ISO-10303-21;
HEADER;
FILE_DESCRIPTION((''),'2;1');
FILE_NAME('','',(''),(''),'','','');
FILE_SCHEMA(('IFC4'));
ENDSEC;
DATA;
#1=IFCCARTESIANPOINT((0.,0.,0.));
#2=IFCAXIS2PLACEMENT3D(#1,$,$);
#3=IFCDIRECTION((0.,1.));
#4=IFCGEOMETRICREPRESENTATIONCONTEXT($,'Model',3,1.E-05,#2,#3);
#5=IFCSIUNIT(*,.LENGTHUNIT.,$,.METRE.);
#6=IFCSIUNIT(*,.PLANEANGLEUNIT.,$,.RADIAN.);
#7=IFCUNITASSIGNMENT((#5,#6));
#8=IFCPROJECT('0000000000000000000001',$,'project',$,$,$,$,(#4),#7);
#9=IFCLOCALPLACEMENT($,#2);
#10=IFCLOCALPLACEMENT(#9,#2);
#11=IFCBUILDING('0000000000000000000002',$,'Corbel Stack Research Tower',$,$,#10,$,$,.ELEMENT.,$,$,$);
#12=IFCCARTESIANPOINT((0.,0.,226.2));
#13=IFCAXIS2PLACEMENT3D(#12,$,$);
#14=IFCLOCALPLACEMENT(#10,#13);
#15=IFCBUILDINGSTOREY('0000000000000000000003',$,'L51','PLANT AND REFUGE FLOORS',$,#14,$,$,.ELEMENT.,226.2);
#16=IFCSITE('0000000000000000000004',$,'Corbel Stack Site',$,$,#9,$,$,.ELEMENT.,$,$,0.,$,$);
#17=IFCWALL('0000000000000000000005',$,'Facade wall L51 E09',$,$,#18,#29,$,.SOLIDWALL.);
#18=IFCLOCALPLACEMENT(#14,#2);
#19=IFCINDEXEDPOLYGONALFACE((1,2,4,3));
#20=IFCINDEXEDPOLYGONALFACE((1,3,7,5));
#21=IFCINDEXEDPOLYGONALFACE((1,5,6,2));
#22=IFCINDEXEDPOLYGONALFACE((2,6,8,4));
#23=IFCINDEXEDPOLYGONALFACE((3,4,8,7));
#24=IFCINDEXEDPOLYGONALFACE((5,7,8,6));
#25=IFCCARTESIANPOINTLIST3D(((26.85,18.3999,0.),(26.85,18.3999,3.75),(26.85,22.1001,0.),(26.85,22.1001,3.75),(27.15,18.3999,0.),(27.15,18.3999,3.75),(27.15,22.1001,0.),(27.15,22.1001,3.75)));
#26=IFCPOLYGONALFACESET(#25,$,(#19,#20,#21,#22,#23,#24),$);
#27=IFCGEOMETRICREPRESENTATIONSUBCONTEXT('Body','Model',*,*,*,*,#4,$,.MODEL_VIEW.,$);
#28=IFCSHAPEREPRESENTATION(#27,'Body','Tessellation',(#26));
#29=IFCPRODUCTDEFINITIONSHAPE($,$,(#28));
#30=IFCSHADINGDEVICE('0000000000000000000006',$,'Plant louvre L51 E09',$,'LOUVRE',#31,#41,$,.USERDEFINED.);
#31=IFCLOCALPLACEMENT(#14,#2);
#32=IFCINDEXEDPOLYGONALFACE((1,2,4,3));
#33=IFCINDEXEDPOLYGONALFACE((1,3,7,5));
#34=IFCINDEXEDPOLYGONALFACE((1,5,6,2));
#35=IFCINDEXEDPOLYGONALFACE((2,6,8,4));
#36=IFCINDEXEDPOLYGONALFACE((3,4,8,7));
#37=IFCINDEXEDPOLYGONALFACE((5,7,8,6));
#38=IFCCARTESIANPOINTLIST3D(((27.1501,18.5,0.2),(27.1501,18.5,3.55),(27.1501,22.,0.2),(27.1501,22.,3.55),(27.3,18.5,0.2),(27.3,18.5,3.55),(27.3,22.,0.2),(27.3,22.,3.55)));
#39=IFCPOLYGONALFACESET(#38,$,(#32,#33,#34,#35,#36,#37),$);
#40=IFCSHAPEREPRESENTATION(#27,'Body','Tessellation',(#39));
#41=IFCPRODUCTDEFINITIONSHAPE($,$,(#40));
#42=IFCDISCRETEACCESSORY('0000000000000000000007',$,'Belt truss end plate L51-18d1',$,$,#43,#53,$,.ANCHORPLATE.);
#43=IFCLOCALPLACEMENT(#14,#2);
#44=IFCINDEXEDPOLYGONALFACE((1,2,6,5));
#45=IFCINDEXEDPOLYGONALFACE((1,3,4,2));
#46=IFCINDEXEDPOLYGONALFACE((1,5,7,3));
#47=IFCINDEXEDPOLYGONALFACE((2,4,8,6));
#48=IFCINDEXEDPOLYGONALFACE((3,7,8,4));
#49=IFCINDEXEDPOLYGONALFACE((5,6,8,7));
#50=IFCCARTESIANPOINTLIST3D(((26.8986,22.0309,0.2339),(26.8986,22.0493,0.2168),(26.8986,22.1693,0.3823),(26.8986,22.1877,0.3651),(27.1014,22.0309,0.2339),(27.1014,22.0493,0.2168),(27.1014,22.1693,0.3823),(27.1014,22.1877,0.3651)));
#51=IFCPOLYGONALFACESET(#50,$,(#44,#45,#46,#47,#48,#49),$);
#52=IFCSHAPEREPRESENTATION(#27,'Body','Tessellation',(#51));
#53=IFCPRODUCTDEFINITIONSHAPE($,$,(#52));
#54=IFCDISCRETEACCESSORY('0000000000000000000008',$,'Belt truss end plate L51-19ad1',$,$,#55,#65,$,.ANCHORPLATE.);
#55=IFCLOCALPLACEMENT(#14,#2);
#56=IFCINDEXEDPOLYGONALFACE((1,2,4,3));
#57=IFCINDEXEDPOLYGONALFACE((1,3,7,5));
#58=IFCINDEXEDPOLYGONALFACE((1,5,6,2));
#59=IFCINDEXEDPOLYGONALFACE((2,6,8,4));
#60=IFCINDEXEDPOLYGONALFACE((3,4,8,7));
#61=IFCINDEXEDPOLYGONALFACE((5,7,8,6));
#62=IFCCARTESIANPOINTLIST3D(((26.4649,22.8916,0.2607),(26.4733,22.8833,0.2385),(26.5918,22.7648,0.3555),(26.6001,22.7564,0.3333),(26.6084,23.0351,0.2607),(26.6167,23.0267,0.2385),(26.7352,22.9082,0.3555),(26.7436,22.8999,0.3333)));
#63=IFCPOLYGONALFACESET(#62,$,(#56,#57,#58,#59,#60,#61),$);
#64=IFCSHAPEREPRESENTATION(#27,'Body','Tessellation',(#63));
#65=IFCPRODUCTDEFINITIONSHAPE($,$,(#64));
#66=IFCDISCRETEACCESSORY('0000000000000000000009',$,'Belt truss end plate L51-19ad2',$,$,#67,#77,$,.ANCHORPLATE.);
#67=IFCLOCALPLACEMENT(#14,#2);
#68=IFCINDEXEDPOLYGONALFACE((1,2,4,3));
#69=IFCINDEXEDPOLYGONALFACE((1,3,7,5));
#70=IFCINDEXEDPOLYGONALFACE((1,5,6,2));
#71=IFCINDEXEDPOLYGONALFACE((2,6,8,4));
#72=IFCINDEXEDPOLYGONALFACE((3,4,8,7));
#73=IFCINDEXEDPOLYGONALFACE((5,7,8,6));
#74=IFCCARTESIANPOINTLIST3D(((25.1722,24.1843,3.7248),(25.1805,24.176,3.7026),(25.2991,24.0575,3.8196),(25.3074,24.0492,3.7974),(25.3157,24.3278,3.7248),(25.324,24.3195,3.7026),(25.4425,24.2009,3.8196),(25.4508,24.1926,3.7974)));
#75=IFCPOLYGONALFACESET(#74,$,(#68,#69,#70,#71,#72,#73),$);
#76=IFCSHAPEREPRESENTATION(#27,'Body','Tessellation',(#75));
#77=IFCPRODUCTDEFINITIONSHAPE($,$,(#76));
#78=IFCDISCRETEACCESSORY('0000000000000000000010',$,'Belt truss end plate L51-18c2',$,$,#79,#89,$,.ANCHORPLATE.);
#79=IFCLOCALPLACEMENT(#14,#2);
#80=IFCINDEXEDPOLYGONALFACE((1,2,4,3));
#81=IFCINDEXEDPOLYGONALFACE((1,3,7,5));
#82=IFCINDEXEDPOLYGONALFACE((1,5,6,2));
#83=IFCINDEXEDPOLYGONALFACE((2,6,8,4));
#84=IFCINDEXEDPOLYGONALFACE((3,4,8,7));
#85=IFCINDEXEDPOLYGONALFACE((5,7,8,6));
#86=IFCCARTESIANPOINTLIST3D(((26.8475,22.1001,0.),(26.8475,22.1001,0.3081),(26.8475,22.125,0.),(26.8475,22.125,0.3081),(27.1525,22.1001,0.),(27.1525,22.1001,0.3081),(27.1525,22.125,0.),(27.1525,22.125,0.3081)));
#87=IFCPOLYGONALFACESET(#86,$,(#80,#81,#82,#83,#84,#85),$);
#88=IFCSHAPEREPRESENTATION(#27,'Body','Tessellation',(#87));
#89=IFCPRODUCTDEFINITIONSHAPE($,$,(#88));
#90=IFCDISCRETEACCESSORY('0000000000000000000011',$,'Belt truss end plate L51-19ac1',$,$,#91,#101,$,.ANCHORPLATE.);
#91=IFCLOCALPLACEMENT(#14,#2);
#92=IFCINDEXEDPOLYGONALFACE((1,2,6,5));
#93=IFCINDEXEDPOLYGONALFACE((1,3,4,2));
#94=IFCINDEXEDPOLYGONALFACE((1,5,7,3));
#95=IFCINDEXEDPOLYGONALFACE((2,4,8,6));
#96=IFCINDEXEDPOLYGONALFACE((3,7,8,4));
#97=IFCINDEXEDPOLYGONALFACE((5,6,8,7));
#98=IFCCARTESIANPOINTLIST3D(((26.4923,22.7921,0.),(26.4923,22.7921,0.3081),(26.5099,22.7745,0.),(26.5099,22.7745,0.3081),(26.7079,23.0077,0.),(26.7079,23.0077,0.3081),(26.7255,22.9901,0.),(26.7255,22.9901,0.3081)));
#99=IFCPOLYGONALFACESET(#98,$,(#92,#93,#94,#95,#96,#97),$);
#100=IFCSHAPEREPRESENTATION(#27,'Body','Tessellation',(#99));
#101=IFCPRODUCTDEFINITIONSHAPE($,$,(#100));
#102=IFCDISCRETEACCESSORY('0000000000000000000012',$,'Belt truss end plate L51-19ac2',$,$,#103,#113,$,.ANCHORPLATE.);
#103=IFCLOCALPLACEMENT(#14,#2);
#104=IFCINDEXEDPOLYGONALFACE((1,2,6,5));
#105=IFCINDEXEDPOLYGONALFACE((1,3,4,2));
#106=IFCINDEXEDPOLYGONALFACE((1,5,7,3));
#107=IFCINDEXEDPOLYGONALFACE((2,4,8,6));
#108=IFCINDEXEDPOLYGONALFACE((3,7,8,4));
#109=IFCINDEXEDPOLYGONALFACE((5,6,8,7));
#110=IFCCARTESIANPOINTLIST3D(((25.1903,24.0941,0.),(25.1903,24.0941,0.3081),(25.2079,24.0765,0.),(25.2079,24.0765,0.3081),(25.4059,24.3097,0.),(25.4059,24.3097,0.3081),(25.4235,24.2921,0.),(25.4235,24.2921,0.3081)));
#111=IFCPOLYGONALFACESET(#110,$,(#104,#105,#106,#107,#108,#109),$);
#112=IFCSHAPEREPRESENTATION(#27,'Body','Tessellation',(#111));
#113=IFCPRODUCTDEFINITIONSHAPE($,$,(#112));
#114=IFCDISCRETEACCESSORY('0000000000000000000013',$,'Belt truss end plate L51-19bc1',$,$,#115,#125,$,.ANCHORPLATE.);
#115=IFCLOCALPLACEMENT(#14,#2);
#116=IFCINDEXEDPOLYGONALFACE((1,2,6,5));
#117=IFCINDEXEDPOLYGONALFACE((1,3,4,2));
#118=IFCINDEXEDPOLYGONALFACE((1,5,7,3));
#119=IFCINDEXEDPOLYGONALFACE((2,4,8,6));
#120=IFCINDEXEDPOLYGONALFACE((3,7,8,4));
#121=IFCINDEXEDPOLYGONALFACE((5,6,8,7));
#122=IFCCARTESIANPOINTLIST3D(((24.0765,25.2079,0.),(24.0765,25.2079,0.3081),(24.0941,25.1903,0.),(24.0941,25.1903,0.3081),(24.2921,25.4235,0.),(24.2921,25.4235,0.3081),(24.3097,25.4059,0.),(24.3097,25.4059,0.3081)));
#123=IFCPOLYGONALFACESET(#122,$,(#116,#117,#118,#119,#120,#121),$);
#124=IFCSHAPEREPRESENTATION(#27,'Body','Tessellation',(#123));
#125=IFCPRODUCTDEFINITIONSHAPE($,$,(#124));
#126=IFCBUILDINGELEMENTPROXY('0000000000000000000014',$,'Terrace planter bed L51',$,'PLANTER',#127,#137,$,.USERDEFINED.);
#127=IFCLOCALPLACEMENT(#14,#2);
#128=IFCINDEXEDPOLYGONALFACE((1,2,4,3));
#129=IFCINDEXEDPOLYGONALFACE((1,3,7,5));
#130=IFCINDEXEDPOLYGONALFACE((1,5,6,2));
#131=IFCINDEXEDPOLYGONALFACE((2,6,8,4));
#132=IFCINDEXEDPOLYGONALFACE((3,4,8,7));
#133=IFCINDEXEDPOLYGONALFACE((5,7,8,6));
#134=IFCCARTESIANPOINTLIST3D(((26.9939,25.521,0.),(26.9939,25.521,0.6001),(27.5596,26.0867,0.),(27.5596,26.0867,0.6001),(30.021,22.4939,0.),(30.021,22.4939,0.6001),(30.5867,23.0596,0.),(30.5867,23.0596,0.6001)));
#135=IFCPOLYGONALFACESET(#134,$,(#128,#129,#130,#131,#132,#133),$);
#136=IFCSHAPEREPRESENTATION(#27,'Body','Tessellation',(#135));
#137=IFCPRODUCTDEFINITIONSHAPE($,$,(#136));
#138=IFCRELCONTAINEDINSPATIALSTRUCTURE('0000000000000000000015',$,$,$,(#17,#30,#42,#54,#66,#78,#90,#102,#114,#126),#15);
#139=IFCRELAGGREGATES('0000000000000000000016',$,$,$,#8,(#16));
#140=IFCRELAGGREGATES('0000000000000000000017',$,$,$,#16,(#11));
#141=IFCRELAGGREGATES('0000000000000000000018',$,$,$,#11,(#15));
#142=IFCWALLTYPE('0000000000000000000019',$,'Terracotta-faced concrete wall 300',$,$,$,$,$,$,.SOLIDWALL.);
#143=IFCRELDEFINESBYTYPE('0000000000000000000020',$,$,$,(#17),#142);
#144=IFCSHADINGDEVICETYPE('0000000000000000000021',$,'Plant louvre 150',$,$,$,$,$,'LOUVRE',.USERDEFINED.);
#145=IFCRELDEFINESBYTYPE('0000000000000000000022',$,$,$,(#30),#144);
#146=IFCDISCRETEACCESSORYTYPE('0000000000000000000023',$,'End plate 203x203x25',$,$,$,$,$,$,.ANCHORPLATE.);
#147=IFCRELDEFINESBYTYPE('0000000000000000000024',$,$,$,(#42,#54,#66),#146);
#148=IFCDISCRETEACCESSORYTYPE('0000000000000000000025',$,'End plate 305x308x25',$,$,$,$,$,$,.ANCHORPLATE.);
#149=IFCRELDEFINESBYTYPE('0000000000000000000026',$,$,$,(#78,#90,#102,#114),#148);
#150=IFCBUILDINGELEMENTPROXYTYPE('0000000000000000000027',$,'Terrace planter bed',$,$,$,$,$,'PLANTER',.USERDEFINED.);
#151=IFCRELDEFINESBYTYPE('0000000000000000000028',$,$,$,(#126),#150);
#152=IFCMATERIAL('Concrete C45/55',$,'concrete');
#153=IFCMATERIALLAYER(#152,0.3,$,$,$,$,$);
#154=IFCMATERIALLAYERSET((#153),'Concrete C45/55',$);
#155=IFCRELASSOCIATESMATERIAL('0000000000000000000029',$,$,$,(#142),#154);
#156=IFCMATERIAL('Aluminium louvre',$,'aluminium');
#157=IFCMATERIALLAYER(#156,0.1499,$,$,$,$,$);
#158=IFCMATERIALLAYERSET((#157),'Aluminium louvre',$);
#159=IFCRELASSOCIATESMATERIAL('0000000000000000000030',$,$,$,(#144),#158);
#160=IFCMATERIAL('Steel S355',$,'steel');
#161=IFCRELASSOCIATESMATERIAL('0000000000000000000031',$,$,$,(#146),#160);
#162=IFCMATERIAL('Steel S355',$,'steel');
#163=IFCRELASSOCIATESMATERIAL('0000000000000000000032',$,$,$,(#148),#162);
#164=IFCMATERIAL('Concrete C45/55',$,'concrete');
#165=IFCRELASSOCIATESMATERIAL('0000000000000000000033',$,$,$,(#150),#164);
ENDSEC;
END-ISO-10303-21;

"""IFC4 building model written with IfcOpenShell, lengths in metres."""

from ifc_helpers import new_model, si_unit, direction, frame, frame_2d, origin, origin_2d, place, context, subcontext, project, spatial, rectangle, extrude, material, layer, layer_set, material_profile, profile_set, type_object, element, save


model = new_model("IFC4")

# Units and contexts
model_context = context("Model", 3, precision=1e-05, world=origin(), true_north=direction((0.0, 1.0)))
body_context = subcontext(model_context, "Body", "Model", "MODEL_VIEW")
ifc_project = project(units=[si_unit("LENGTHUNIT", "METRE"), si_unit("PLANEANGLEUNIT", "RADIAN")], contexts=[model_context])

# Site, building, storey
site_placement = place(None, origin())
site = spatial("IfcSite", under=ifc_project, at=site_placement, Name="Corbel Stack Site", CompositionType="ELEMENT", RefElevation=0.0)
building_placement = place(site_placement, origin())
building = spatial("IfcBuilding", under=site, at=building_placement, Name="Corbel Stack Research Tower", CompositionType="ELEMENT")
storey_placement = place(building_placement, frame((0.0, 0.0, 226.2)))
storey = spatial("IfcBuildingStorey", under=building, at=storey_placement, Name="L51", Description="PLANT AND REFUGE FLOORS", CompositionType="ELEMENT", Elevation=226.2)

# Wall
ifc_material_1 = material(Name="Concrete C45/55", Category="concrete")
ifc_layer_1 = layer(ifc_material_1, 0.3)
ifc_layer_set_1 = layer_set([ifc_layer_1], Name="Concrete C45/55")
wall_type_1 = type_object("IfcWallType", Name="Terracotta-faced concrete wall 300", PredefinedType="SOLIDWALL", material=ifc_layer_set_1)
wall_1_placement = place(storey_placement, frame((27.0, 22.1001, 0.0), z_axis=(0.0, 0.0, 1.0), x_axis=(0.0, -1.0, 0.0)))
element("IfcWall", 1, at=wall_1_placement, inside=storey, type_object=wall_type_1, Name="Facade wall L51 E09", PredefinedType="SOLIDWALL", context=body_context, shape_type="SweptSolid", body=[
    extrude(rectangle(XDim=3.7002, YDim=0.3, at=frame_2d((1.8501, 0.0))), origin(), (0.0, 0.0, 1.0), 3.75),
])

# Shading device
ifc_material_2 = material(Name="Aluminium louvre", Category="aluminium")
ifc_layer_2 = layer(ifc_material_2, 0.1499)
ifc_layer_set_2 = layer_set([ifc_layer_2], Name="Aluminium louvre")
shading_device_type = type_object("IfcShadingDeviceType", Name="Plant louvre 150", ElementType="LOUVRE", PredefinedType="USERDEFINED", material=ifc_layer_set_2)
shading_device_placement = place(storey_placement, frame((27.2251, 20.25, 0.2), z_axis=(0.0, 0.0, 1.0), x_axis=(0.0, 1.0, 0.0)))
element("IfcShadingDevice", 2, at=shading_device_placement, inside=storey, type_object=shading_device_type, Name="Plant louvre L51 E09", ObjectType="LOUVRE", PredefinedType="USERDEFINED", context=body_context, shape_type="SweptSolid", body=[
    extrude(rectangle(XDim=3.5, YDim=0.1499, at=origin_2d()), origin(), (0.0, 0.0, 1.0), 3.3501),
])

# Discrete accessories
ifc_material_3 = material(Name="Steel S355", Category="steel")
ifc_material_profile_1 = material_profile(ifc_material_3, rectangle(XDim=0.2029, YDim=0.2029, at=origin_2d()), Name="End plate 203x203x25")
ifc_profile_set_1 = profile_set([ifc_material_profile_1], Name="Steel S355")
discrete_accessory_type_1 = type_object("IfcDiscreteAccessoryType", Name="End plate 203x203x25", PredefinedType="ANCHORPLATE", material=ifc_profile_set_1)
for number, where, z_axis, x_axis, name in (
    (3, (27.0, 22.1001, 0.3081), (0.0, 0.731055, -0.682318), (-1.0, 0.0, 0.0), "Belt truss end plate L51-18d1"),
    (4, (26.6001, 22.8999, 0.3081), (0.330346, -0.330346, -0.884162), (0.707107, 0.707107, 0.0), "Belt truss end plate L51-19ad1"),
    (5, (25.3157, 24.1843, 3.75), (-0.330346, 0.330346, 0.884162), (-0.707107, -0.707107, 0.0), "Belt truss end plate L51-19ad2"),
):
    element("IfcDiscreteAccessory", number, at=place(storey_placement, frame(where, z_axis=z_axis, x_axis=x_axis)), inside=storey, type_object=discrete_accessory_type_1, Name=name, PredefinedType="ANCHORPLATE", context=body_context, shape_type="SweptSolid", body=[
        extrude(rectangle(XDim=0.2029, YDim=0.2029, at=origin_2d()), origin(), (0.0, 0.0, 1.0), 0.0251),
    ])
ifc_material_4 = material(Name="Steel S355", Category="steel")
ifc_material_profile_2 = material_profile(ifc_material_4, rectangle(XDim=0.3049, YDim=0.3081, at=origin_2d()), Name="End plate 305x308x25")
ifc_profile_set_2 = profile_set([ifc_material_profile_2], Name="Steel S355")
discrete_accessory_type_2 = type_object("IfcDiscreteAccessoryType", Name="End plate 305x308x25", PredefinedType="ANCHORPLATE", material=ifc_profile_set_2)
for number, where, z_axis, x_axis, name in (
    (6, (27.0, 22.1001, 0.1541), (0.0, 1.0, 0.0), (-1.0, 0.0, 0.0), "Belt truss end plate L51-18c2"),
    (7, (26.6001, 22.8999, 0.1541), (0.707107, -0.707107, 0.0), (0.707107, 0.707107, 0.0), "Belt truss end plate L51-19ac1"),
    (8, (25.3157, 24.1843, 0.1541), (-0.707107, 0.707107, 0.0), (-0.707107, -0.707107, 0.0), "Belt truss end plate L51-19ac2"),
    (9, (24.1843, 25.3157, 0.1541), (0.707107, -0.707107, 0.0), (0.707107, 0.707107, 0.0), "Belt truss end plate L51-19bc1"),
):
    element("IfcDiscreteAccessory", number, at=place(storey_placement, frame(where, z_axis=z_axis, x_axis=x_axis)), inside=storey, type_object=discrete_accessory_type_2, Name=name, PredefinedType="ANCHORPLATE", context=body_context, shape_type="SweptSolid", body=[
        extrude(rectangle(XDim=0.3049, YDim=0.3081, at=origin_2d()), origin(), (0.0, 0.0, 1.0), 0.0249),
    ])

# Building element proxy
ifc_material_5 = material(Name="Concrete C45/55", Category="concrete")
building_element_proxy_type = type_object("IfcBuildingElementProxyType", Name="Terrace planter bed", ElementType="PLANTER", PredefinedType="USERDEFINED", material=ifc_material_5)
proxy_placement = place(storey_placement, frame((28.7903, 24.2903, 0.0), z_axis=(0.0, 0.0, 1.0), x_axis=(0.707107, -0.707107, 0.0)))
element("IfcBuildingElementProxy", 10, at=proxy_placement, inside=storey, type_object=building_element_proxy_type, Name="Terrace planter bed L51", ObjectType="PLANTER", PredefinedType="USERDEFINED", context=body_context, shape_type="SweptSolid", body=[
    extrude(rectangle(XDim=4.281, YDim=0.8, at=origin_2d()), origin(), (0.0, 0.0, 1.0), 0.6001),
])

save(model, "model.ifc")
